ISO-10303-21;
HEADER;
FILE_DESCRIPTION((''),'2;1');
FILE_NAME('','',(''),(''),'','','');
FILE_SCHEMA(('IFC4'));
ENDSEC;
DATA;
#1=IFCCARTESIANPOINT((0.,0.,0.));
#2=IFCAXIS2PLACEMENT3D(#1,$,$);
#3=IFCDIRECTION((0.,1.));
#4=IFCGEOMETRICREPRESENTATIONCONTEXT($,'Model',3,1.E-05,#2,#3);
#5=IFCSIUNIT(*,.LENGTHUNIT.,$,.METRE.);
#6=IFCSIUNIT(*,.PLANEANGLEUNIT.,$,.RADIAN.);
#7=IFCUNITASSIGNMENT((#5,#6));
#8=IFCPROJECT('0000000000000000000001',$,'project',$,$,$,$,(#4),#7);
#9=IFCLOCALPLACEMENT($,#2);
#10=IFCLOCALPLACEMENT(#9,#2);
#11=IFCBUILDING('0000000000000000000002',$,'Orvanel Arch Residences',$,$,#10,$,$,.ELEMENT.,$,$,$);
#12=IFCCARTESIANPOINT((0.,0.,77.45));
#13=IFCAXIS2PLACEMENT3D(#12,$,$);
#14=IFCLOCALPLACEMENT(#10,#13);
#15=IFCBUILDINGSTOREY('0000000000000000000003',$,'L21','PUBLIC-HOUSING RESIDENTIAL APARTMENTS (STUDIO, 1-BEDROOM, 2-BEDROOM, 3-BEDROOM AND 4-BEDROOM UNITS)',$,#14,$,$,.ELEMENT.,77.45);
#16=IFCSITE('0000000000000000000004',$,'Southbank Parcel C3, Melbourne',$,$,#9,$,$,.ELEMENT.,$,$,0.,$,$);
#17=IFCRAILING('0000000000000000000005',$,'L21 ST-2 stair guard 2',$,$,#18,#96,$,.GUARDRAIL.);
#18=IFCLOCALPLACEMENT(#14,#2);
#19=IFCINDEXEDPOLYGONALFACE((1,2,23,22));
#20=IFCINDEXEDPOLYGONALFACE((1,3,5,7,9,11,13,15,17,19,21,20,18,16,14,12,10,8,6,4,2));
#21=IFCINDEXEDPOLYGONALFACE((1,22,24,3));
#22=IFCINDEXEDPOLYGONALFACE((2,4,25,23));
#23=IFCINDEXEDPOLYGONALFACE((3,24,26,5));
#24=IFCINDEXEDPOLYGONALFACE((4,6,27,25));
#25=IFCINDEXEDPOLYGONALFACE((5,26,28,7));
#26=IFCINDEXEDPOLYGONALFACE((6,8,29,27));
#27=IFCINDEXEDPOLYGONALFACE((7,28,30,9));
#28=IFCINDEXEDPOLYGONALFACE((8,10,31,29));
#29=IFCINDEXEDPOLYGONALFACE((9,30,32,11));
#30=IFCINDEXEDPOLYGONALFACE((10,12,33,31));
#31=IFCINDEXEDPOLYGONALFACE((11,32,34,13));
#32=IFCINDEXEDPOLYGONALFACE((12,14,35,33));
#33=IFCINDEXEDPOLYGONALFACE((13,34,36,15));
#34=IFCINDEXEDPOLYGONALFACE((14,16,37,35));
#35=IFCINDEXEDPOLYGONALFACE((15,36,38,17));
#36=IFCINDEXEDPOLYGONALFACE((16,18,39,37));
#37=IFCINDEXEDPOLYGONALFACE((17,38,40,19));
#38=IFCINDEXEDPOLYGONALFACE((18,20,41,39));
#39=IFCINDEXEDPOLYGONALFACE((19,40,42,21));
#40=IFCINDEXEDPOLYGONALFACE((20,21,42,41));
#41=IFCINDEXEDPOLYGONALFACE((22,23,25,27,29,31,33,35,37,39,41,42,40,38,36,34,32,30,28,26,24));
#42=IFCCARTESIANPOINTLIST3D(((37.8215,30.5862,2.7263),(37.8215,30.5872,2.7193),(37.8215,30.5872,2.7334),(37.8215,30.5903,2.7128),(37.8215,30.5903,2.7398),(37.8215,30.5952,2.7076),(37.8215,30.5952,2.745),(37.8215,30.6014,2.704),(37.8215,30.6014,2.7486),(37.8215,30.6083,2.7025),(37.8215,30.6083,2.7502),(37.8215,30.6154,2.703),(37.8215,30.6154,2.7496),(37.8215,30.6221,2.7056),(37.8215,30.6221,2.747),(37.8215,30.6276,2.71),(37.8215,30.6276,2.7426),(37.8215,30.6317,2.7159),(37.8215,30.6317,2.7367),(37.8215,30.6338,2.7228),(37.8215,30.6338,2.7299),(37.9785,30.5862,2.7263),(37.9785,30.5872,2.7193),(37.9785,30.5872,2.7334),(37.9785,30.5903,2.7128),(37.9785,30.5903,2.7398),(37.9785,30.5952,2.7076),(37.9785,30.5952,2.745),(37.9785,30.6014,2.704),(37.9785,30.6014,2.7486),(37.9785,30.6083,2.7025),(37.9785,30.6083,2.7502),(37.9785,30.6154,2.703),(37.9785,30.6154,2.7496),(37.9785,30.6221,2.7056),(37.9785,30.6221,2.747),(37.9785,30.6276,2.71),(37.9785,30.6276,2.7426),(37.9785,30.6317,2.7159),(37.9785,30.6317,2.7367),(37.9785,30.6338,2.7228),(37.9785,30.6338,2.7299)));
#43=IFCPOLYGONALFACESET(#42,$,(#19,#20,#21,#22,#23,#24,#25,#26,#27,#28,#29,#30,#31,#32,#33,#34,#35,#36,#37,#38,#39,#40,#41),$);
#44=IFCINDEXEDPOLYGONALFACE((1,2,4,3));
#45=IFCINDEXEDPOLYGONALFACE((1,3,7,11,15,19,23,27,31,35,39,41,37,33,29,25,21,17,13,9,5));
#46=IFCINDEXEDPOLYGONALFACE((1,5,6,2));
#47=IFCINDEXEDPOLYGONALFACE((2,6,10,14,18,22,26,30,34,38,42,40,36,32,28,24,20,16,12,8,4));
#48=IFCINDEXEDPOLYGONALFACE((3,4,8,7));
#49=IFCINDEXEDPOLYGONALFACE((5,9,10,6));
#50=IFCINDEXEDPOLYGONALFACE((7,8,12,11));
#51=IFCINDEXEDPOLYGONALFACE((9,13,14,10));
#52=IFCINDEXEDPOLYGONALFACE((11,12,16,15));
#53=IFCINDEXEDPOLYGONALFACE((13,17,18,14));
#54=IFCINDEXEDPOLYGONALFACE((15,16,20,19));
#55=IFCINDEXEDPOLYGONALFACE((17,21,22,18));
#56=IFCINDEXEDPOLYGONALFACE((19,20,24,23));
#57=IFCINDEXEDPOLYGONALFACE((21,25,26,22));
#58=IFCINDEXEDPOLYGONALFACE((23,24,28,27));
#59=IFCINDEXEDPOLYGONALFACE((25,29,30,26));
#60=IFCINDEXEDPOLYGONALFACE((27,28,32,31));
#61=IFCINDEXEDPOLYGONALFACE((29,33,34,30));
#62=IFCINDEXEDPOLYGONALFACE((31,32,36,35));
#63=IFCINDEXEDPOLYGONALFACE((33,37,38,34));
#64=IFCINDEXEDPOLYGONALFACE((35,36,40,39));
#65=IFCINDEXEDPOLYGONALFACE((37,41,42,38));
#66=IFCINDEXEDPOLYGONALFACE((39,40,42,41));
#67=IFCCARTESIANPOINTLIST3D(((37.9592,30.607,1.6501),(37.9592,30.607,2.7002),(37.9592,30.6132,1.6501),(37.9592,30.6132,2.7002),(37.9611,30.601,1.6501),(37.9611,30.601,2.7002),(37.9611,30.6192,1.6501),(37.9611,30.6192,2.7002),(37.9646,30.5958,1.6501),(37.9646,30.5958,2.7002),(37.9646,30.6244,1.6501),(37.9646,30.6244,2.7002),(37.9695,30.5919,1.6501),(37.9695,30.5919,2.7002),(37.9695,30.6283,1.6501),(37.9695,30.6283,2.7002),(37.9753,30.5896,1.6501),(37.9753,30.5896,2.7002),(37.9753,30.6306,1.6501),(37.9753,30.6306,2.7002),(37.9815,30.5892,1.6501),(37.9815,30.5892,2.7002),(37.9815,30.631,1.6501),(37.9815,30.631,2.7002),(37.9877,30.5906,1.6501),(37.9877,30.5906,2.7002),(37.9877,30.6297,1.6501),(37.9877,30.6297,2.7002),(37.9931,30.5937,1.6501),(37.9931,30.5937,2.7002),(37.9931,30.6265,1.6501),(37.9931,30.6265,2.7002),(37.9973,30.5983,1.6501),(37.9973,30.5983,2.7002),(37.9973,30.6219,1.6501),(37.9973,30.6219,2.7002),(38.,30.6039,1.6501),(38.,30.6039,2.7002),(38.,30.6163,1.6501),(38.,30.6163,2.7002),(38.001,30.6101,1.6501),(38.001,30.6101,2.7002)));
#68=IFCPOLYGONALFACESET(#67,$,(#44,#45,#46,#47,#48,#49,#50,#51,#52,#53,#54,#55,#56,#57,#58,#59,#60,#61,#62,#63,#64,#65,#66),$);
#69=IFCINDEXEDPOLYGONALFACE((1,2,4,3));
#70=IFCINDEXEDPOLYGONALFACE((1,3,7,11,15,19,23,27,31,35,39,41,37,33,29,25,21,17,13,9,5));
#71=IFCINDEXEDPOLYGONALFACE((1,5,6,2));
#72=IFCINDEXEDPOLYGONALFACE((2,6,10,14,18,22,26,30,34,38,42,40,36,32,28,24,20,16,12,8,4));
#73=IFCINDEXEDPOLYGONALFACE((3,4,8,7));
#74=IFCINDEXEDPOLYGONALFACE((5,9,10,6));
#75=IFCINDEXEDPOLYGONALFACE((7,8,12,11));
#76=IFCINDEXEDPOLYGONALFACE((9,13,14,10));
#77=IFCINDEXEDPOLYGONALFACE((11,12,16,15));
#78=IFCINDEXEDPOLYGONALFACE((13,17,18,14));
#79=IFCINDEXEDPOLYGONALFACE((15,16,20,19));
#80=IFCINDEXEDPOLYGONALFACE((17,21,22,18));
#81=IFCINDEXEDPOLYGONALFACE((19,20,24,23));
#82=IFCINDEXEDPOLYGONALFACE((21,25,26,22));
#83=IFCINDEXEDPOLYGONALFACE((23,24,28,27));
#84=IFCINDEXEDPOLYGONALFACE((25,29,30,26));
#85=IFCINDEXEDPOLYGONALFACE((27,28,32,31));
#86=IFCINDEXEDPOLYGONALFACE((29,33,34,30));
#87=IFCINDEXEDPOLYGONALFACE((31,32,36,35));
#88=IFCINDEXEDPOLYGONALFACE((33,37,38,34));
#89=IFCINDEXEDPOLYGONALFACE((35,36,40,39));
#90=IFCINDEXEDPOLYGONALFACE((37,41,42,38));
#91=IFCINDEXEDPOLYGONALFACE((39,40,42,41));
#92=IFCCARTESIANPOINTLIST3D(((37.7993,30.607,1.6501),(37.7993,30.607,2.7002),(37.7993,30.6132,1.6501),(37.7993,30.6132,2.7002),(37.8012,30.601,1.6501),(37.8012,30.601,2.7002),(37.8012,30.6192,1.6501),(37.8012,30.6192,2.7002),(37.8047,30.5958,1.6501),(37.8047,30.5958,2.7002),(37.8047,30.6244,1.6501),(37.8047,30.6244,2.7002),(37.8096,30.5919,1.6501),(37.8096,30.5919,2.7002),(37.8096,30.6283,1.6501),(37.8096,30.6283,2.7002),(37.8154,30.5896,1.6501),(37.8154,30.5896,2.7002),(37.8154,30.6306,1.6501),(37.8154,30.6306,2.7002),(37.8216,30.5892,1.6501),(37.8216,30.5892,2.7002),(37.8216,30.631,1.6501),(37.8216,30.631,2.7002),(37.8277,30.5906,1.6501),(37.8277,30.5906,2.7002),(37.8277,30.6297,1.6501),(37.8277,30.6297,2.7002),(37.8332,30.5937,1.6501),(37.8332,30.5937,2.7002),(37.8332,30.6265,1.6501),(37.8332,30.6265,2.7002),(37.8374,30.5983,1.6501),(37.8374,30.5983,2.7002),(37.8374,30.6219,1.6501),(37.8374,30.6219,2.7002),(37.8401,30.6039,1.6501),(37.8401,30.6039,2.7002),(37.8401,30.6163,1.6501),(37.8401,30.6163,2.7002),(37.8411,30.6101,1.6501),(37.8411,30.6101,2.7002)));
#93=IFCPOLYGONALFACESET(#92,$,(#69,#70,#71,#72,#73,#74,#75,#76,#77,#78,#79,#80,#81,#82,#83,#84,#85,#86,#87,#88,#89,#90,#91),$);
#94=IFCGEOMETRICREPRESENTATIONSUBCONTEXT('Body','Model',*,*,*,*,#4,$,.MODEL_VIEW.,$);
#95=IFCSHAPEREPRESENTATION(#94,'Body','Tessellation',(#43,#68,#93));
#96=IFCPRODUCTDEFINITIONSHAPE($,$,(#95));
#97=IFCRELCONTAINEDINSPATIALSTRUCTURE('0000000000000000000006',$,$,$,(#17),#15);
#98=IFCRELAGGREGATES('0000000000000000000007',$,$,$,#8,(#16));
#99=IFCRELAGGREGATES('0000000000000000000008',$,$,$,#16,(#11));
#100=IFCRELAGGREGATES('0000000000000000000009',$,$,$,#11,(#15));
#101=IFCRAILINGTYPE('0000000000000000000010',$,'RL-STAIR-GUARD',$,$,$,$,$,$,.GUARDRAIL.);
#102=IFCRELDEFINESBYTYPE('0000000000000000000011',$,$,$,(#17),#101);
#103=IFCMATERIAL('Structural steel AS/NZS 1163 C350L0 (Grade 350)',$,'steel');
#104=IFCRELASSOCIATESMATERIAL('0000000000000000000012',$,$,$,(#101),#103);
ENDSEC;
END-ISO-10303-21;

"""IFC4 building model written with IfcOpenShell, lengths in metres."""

from ifc_helpers import new_model, si_unit, direction, frame, origin, origin_2d, place, context, subcontext, project, spatial, circle, extrude, material, type_object, element, save


model = new_model("IFC4")

# Units and contexts
model_context = context("Model", 3, precision=1e-05, world=origin(), true_north=direction((0.0, 1.0)))
body_context = subcontext(model_context, "Body", "Model", "MODEL_VIEW")
ifc_project = project(units=[si_unit("LENGTHUNIT", "METRE"), si_unit("PLANEANGLEUNIT", "RADIAN")], contexts=[model_context])

# Site, building, storey
site_placement = place(None, origin())
site = spatial("IfcSite", under=ifc_project, at=site_placement, Name="Southbank Parcel C3, Melbourne", CompositionType="ELEMENT", RefElevation=0.0)
building_placement = place(site_placement, origin())
building = spatial("IfcBuilding", under=site, at=building_placement, Name="Orvanel Arch Residences", CompositionType="ELEMENT")
storey_placement = place(building_placement, frame((0.0, 0.0, 77.45)))
storey = spatial("IfcBuildingStorey", under=building, at=storey_placement, Name="L21", Description="PUBLIC-HOUSING RESIDENTIAL APARTMENTS (STUDIO, 1-BEDROOM, 2-BEDROOM, 3-BEDROOM AND 4-BEDROOM UNITS)", CompositionType="ELEMENT", Elevation=77.45)

# Railing
ifc_material_1 = material(Name="Structural steel AS/NZS 1163 C350L0 (Grade 350)", Category="steel")
railing_type_1 = type_object("IfcRailingType", Name="RL-STAIR-GUARD", PredefinedType="GUARDRAIL", material=ifc_material_1)
railing_1_placement = place(storey_placement, frame((37.98, 30.6101, 1.6501)))
element("IfcRailing", 1, at=railing_1_placement, inside=storey, type_object=railing_type_1, Name="L21 ST-2 stair guard 2", PredefinedType="GUARDRAIL", context=body_context, shape_type="SweptSolid", body=[
    extrude(circle(Radius=0.0239, at=origin_2d()), frame((-0.0015, 0.0, 1.0762), z_axis=(-1.0, 0.0, 0.0), x_axis=(0.0, -1.0, 0.0)), (0.0, 0.0, 1.0), 0.157),
    extrude(circle(Radius=0.021, at=origin_2d()), origin(), (0.0, 0.0, 1.0), 1.05),
    extrude(circle(Radius=0.021, at=origin_2d()), frame((-0.1599, 0.0, 0.0)), (0.0, 0.0, 1.0), 1.05),
])

save(model, "model.ifc")
